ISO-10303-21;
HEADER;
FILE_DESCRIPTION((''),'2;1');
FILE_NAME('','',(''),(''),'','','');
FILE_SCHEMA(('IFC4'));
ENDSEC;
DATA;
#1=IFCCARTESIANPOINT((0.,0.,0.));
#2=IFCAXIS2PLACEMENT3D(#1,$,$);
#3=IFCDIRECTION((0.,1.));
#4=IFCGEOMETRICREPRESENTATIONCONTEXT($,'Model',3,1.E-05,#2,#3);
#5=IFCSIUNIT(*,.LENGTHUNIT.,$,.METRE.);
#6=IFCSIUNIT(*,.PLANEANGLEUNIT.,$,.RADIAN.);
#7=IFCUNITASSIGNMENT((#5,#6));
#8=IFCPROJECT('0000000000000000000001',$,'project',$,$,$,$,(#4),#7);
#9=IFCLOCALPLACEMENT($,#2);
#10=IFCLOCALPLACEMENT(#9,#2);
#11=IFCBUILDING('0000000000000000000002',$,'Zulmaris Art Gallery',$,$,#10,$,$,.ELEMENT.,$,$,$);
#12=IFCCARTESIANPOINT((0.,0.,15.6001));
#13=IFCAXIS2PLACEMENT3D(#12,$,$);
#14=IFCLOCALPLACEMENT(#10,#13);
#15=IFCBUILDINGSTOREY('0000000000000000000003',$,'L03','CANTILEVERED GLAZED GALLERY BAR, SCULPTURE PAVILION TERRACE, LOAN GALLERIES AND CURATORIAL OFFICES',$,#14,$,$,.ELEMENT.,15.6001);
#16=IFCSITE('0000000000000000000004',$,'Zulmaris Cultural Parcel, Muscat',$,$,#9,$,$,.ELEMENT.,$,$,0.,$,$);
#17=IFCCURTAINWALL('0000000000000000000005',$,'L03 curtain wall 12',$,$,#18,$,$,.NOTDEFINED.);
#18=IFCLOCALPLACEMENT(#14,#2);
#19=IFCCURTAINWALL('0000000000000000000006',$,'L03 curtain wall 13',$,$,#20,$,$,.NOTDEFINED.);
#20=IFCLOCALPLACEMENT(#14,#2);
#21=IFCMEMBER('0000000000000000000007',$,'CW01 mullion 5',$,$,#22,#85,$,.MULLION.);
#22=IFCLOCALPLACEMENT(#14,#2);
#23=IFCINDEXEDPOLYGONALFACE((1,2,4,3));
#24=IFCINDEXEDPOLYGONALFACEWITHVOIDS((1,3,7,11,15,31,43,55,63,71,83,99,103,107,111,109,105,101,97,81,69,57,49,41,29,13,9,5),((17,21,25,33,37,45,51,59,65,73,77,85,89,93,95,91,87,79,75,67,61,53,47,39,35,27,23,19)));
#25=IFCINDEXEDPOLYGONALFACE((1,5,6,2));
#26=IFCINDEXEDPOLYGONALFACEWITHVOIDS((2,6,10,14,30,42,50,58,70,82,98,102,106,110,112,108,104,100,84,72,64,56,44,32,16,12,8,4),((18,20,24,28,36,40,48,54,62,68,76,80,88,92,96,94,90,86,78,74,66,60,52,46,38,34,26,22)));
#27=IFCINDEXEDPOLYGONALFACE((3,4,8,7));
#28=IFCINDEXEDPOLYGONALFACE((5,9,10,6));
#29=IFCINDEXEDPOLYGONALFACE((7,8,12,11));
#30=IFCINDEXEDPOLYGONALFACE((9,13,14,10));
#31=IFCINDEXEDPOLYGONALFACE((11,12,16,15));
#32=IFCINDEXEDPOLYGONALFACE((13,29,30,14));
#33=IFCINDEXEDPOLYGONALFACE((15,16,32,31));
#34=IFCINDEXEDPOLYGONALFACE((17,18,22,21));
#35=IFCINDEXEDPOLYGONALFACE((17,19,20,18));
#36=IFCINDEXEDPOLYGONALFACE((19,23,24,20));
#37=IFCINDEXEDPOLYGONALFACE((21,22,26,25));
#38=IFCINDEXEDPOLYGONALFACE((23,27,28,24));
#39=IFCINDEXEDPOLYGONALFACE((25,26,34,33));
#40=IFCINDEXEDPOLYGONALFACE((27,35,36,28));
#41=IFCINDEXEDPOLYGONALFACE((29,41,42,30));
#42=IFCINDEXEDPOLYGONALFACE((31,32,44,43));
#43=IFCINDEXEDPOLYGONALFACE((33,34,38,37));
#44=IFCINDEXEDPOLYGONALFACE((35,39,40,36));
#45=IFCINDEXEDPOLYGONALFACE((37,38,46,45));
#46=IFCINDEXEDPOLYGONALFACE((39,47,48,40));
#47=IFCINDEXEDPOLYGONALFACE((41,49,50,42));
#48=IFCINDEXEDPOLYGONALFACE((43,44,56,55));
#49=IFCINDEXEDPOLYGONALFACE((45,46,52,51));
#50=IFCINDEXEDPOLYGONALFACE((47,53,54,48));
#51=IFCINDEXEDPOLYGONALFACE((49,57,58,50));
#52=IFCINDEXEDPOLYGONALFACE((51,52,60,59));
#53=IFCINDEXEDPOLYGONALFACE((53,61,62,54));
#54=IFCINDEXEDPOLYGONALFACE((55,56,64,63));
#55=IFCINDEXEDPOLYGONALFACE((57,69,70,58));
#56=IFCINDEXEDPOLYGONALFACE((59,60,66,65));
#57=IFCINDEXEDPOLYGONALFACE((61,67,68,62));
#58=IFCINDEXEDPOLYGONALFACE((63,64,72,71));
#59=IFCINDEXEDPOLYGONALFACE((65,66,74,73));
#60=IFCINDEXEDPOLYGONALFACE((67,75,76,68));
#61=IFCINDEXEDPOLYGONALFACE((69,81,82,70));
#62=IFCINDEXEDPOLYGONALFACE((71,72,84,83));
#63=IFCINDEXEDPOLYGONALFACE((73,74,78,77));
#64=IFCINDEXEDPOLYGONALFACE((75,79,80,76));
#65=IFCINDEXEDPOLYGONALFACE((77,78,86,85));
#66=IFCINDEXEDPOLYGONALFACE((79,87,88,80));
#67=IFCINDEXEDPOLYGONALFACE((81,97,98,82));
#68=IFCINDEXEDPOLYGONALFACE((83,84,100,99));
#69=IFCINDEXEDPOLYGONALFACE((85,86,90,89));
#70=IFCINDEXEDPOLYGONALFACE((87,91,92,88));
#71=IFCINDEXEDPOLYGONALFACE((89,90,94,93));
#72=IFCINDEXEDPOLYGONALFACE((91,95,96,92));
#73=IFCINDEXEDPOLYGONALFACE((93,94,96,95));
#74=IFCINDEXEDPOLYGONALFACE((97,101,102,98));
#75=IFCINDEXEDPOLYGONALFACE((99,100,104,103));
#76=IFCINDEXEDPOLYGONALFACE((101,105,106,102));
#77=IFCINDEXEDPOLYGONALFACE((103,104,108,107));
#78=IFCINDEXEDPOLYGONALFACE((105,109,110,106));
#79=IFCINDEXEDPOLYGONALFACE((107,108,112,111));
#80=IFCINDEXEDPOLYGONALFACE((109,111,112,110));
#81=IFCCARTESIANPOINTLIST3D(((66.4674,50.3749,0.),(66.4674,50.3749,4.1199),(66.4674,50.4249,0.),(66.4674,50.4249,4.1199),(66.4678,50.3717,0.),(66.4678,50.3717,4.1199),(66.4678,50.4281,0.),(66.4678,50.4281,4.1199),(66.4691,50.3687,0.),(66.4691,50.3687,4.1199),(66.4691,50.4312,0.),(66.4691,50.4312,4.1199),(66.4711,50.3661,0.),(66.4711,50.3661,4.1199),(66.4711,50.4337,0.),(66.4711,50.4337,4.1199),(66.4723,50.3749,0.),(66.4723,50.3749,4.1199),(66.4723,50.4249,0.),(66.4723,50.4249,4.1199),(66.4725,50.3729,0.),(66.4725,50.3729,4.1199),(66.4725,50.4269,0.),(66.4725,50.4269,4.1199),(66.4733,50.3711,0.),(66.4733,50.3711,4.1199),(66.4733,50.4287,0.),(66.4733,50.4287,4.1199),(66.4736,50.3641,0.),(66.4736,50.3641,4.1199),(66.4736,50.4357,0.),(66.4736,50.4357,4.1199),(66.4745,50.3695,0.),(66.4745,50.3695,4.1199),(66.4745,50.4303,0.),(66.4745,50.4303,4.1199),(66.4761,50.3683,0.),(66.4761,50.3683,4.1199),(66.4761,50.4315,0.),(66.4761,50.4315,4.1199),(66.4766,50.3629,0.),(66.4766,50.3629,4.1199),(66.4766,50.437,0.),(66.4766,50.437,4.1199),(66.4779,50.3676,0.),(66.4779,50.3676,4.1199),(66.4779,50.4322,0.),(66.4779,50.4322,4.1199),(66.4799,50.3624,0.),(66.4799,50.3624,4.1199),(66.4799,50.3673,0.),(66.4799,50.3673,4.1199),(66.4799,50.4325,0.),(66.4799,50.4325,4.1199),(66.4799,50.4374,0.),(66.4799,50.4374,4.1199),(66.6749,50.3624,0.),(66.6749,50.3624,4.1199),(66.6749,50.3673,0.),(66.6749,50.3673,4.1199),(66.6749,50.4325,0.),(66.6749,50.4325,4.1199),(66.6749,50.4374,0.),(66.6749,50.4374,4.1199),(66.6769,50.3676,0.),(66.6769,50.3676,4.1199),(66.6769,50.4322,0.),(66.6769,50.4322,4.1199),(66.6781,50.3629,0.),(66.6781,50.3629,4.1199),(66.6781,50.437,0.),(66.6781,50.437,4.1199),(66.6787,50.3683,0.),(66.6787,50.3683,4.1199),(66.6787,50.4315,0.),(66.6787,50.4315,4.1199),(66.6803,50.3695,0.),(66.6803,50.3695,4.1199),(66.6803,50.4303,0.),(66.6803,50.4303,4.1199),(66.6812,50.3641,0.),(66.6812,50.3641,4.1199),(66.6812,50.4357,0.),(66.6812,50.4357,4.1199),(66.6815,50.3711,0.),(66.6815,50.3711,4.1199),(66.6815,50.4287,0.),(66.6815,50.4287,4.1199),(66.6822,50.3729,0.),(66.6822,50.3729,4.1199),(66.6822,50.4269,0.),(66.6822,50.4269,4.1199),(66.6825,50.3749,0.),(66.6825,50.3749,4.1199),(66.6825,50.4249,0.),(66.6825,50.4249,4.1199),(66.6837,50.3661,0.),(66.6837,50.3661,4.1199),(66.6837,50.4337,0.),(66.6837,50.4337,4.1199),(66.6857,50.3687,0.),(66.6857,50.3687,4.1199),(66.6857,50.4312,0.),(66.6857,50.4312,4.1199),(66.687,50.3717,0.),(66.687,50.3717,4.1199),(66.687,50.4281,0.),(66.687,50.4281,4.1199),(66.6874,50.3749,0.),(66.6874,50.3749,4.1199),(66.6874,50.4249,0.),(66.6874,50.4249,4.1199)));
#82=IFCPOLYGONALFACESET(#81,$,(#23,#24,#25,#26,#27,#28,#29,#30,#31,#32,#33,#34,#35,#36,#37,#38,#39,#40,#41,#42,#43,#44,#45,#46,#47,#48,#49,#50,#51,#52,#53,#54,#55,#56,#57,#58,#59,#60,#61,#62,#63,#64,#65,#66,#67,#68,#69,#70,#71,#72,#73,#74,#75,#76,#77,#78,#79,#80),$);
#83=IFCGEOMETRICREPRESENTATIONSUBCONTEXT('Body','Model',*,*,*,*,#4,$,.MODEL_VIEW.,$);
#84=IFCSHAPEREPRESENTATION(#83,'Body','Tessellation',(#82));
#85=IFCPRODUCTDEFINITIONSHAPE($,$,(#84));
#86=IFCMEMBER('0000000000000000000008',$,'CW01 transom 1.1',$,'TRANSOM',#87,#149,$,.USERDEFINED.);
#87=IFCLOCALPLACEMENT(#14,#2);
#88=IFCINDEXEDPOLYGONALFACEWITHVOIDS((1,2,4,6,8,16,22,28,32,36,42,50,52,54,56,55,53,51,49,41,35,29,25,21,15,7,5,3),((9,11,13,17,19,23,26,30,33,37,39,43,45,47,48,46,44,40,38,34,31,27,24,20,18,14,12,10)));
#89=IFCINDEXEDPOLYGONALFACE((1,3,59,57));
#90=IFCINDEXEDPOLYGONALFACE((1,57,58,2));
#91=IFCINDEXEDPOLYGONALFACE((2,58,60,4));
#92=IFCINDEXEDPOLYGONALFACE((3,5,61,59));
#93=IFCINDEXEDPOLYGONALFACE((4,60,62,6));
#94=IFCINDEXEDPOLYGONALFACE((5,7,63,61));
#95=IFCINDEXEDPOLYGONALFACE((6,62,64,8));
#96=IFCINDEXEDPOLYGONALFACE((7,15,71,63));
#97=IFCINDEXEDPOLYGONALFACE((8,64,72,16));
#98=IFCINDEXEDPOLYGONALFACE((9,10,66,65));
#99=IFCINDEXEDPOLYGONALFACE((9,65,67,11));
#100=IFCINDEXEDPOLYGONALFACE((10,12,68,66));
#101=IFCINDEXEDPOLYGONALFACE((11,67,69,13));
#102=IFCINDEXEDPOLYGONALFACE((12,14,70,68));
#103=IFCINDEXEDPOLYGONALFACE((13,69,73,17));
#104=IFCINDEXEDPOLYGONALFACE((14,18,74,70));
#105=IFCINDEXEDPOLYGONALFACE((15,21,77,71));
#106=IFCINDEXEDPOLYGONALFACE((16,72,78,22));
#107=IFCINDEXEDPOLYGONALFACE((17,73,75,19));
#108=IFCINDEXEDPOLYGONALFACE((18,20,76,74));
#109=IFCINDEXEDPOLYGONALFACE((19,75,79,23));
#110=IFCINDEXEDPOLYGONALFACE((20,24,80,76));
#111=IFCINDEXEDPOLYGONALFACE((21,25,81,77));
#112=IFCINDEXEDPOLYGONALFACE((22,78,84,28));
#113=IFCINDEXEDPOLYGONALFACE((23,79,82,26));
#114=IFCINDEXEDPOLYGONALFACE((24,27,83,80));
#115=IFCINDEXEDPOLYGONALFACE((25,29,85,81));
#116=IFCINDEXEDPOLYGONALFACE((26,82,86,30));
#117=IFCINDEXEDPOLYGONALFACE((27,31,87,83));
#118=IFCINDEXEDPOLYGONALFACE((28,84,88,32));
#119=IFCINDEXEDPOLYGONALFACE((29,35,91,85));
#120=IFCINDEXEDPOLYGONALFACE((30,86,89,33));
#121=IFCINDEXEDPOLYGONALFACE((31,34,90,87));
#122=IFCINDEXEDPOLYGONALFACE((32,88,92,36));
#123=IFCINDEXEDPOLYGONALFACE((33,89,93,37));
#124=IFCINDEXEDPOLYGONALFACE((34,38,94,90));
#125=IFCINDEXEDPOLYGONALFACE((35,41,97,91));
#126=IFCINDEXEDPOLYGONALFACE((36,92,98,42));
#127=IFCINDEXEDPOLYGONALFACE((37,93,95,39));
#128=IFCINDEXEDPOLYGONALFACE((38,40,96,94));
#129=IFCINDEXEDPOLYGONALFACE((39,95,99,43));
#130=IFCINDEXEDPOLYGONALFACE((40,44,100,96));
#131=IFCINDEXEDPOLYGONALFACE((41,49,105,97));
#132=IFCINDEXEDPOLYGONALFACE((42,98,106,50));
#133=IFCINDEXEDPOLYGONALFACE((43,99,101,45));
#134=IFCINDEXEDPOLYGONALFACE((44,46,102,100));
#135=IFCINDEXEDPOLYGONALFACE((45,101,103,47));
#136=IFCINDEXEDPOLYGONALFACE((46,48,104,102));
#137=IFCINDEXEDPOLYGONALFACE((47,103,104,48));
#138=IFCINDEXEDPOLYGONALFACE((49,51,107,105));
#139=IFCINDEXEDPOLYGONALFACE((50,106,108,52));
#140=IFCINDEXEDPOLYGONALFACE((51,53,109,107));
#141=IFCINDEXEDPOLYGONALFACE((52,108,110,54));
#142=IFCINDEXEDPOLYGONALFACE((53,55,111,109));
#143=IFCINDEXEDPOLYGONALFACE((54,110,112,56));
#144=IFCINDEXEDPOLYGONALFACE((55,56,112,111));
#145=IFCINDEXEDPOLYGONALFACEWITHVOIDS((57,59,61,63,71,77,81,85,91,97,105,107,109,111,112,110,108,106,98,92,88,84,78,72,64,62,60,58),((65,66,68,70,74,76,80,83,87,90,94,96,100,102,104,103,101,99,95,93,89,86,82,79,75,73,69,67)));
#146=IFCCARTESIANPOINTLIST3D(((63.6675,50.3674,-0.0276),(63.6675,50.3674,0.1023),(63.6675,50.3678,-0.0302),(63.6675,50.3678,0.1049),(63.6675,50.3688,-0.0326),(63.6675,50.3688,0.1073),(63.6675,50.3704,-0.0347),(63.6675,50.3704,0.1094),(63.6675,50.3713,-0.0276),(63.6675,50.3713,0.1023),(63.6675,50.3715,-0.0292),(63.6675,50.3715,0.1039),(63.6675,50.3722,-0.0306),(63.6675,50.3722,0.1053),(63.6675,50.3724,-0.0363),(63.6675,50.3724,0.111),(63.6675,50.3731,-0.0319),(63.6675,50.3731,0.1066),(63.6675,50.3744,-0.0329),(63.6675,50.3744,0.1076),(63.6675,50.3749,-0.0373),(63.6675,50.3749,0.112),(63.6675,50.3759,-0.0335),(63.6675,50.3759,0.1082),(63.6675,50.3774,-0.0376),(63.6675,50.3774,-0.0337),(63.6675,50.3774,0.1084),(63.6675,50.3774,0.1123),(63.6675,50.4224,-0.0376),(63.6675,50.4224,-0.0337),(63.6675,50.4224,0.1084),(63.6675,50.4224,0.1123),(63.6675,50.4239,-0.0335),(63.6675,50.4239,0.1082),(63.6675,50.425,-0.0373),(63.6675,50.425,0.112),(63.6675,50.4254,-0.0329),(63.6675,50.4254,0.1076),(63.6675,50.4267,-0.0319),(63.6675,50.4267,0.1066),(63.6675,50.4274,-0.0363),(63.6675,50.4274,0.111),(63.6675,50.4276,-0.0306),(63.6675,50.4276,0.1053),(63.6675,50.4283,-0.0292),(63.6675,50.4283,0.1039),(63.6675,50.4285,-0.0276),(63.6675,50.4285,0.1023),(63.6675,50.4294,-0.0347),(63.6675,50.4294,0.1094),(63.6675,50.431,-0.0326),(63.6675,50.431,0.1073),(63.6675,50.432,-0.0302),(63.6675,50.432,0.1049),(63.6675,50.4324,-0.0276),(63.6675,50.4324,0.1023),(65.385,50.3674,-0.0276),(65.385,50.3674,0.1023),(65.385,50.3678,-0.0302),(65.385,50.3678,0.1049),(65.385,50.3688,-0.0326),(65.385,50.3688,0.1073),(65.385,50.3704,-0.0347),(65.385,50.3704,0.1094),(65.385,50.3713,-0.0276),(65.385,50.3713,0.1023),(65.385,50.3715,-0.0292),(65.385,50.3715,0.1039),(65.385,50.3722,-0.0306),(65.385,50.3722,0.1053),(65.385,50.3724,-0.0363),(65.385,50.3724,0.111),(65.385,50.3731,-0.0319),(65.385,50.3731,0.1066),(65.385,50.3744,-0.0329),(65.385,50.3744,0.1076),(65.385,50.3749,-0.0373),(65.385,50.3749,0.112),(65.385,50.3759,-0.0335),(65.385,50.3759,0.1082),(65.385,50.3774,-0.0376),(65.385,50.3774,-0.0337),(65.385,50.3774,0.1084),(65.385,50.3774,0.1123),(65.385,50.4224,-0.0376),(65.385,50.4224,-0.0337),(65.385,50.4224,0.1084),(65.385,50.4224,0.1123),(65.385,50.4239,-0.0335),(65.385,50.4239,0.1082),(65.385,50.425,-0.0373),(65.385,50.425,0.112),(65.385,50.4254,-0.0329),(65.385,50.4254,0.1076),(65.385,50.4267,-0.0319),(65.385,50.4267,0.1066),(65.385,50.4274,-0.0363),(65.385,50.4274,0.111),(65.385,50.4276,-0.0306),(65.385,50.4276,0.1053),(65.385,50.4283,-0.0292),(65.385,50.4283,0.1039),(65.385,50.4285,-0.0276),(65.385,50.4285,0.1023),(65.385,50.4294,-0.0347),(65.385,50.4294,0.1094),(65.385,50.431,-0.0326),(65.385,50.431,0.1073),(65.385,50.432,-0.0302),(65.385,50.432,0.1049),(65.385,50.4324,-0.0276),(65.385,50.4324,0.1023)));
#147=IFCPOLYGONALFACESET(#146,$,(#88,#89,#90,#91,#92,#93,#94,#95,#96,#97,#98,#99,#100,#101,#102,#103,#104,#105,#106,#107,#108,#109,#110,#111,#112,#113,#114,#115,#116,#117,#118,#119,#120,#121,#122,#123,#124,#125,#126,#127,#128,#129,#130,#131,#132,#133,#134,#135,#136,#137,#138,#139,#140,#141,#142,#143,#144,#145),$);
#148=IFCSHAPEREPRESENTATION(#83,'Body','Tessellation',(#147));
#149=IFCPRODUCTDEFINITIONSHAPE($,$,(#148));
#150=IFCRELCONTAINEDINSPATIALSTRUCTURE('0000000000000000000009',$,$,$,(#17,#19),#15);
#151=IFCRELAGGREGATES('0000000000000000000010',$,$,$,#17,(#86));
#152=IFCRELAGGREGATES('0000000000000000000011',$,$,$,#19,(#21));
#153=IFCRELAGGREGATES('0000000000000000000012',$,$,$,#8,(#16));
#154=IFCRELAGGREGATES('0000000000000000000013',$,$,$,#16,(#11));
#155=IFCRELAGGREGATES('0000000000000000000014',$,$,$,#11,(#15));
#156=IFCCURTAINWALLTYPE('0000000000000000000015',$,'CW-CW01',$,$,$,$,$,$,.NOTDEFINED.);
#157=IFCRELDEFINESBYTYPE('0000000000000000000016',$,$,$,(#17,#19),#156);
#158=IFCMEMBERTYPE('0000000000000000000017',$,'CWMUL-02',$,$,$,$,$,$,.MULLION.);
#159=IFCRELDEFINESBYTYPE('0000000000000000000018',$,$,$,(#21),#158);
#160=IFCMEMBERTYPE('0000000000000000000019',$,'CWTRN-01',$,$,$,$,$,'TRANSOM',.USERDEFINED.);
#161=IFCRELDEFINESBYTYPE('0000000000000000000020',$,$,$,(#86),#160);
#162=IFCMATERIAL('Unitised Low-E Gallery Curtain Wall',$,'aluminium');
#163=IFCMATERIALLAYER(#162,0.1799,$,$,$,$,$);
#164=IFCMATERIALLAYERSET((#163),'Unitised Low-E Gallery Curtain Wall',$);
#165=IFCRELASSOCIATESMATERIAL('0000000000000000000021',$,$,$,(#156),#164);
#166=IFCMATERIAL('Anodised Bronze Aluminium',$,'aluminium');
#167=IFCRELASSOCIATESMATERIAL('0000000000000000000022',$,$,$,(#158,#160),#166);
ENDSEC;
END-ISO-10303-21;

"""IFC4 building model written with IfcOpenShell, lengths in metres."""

from ifc_helpers import new_model, si_unit, direction, frame, origin, origin_2d, place, context, subcontext, project, spatial, hollow_rectangle, extrude, material, layer, layer_set, material_profile, profile_set, type_object, element, aggregate, save


model = new_model("IFC4")

# Units and contexts
model_context = context("Model", 3, precision=1e-05, world=origin(), true_north=direction((0.0, 1.0)))
body_context = subcontext(model_context, "Body", "Model", "MODEL_VIEW")
ifc_project = project(units=[si_unit("LENGTHUNIT", "METRE"), si_unit("PLANEANGLEUNIT", "RADIAN")], contexts=[model_context])

# Site, building, storey
site_placement = place(None, origin())
site = spatial("IfcSite", under=ifc_project, at=site_placement, Name="Zulmaris Cultural Parcel, Muscat", CompositionType="ELEMENT", RefElevation=0.0)
building_placement = place(site_placement, origin())
building = spatial("IfcBuilding", under=site, at=building_placement, Name="Zulmaris Art Gallery", CompositionType="ELEMENT")
storey_placement = place(building_placement, frame((0.0, 0.0, 15.6001)))
storey = spatial("IfcBuildingStorey", under=building, at=storey_placement, Name="L03", Description="CANTILEVERED GLAZED GALLERY BAR, SCULPTURE PAVILION TERRACE, LOAN GALLERIES AND CURATORIAL OFFICES", CompositionType="ELEMENT", Elevation=15.6001)

# Curtain walls, member
ifc_material_1 = material(Name="Unitised Low-E Gallery Curtain Wall", Category="aluminium")
ifc_layer_1 = layer(ifc_material_1, 0.1799)
ifc_layer_set_1 = layer_set([ifc_layer_1], Name="Unitised Low-E Gallery Curtain Wall")
curtain_wall_type = type_object("IfcCurtainWallType", Name="CW-CW01", PredefinedType="NOTDEFINED", material=ifc_layer_set_1)
curtain_wall_1_placement = place(storey_placement, origin())
curtain_wall_1 = element("IfcCurtainWall", 1, at=curtain_wall_1_placement, inside=storey, type_object=curtain_wall_type, Name="L03 curtain wall 12", PredefinedType="NOTDEFINED")
ifc_material_2 = material(Name="Anodised Bronze Aluminium", Category="aluminium")
ifc_material_profile_1 = material_profile(ifc_material_2, hollow_rectangle(XDim=0.075, YDim=0.22, WallThickness=0.0049, InnerFilletRadius=0.0076, OuterFilletRadius=0.0125, at=origin_2d()), Name="ALU 75x220x5")
ifc_profile_set_1 = profile_set([ifc_material_profile_1], Name="Anodised Bronze Aluminium")
member_type_1 = type_object("IfcMemberType", Name="CWMUL-02", PredefinedType="MULLION", material=ifc_profile_set_1)
curtain_wall_2_placement = place(storey_placement, origin())
curtain_wall_2 = element("IfcCurtainWall", 2, at=curtain_wall_2_placement, inside=storey, type_object=curtain_wall_type, Name="L03 curtain wall 13", PredefinedType="NOTDEFINED")
member_1_placement = place(storey_placement, frame((66.5774, 50.3999, 0.0), z_axis=(0.0, 0.0, 1.0), x_axis=(0.0, -1.0, 0.0)))
member_1 = element("IfcMember", 3, at=member_1_placement, type_object=member_type_1, Name="CW01 mullion 5", PredefinedType="MULLION", context=body_context, shape_type="SweptSolid", body=[
    extrude(hollow_rectangle(XDim=0.075, YDim=0.22, WallThickness=0.0049, InnerFilletRadius=0.0076, OuterFilletRadius=0.0125, at=origin_2d()), origin(), (0.0, 0.0, 1.0), 4.1199),
])

# Member
ifc_material_profile_2 = material_profile(ifc_material_2, hollow_rectangle(XDim=0.0649, YDim=0.1499, WallThickness=0.0039, InnerFilletRadius=0.0061, OuterFilletRadius=0.01, at=origin_2d()), Name="ALU 65x150x4")
ifc_profile_set_2 = profile_set([ifc_material_profile_2], Name="Anodised Bronze Aluminium")
member_type_2 = type_object("IfcMemberType", Name="CWTRN-01", ElementType="TRANSOM", PredefinedType="USERDEFINED", material=ifc_profile_set_2)
member_2_placement = place(storey_placement, frame((65.385, 50.3999, 0.0374), z_axis=(-1.0, 0.0, 0.0), x_axis=(0.0, -1.0, 0.0)))
member_2 = element("IfcMember", 4, at=member_2_placement, type_object=member_type_2, Name="CW01 transom 1.1", ObjectType="TRANSOM", PredefinedType="USERDEFINED", context=body_context, shape_type="SweptSolid", body=[
    extrude(hollow_rectangle(XDim=0.0649, YDim=0.1499, WallThickness=0.0039, InnerFilletRadius=0.0061, OuterFilletRadius=0.01, at=origin_2d()), origin(), (0.0, 0.0, 1.0), 1.7175),
])

aggregate(curtain_wall_1, [member_2])
aggregate(curtain_wall_2, [member_1])

save(model, "model.ifc")
